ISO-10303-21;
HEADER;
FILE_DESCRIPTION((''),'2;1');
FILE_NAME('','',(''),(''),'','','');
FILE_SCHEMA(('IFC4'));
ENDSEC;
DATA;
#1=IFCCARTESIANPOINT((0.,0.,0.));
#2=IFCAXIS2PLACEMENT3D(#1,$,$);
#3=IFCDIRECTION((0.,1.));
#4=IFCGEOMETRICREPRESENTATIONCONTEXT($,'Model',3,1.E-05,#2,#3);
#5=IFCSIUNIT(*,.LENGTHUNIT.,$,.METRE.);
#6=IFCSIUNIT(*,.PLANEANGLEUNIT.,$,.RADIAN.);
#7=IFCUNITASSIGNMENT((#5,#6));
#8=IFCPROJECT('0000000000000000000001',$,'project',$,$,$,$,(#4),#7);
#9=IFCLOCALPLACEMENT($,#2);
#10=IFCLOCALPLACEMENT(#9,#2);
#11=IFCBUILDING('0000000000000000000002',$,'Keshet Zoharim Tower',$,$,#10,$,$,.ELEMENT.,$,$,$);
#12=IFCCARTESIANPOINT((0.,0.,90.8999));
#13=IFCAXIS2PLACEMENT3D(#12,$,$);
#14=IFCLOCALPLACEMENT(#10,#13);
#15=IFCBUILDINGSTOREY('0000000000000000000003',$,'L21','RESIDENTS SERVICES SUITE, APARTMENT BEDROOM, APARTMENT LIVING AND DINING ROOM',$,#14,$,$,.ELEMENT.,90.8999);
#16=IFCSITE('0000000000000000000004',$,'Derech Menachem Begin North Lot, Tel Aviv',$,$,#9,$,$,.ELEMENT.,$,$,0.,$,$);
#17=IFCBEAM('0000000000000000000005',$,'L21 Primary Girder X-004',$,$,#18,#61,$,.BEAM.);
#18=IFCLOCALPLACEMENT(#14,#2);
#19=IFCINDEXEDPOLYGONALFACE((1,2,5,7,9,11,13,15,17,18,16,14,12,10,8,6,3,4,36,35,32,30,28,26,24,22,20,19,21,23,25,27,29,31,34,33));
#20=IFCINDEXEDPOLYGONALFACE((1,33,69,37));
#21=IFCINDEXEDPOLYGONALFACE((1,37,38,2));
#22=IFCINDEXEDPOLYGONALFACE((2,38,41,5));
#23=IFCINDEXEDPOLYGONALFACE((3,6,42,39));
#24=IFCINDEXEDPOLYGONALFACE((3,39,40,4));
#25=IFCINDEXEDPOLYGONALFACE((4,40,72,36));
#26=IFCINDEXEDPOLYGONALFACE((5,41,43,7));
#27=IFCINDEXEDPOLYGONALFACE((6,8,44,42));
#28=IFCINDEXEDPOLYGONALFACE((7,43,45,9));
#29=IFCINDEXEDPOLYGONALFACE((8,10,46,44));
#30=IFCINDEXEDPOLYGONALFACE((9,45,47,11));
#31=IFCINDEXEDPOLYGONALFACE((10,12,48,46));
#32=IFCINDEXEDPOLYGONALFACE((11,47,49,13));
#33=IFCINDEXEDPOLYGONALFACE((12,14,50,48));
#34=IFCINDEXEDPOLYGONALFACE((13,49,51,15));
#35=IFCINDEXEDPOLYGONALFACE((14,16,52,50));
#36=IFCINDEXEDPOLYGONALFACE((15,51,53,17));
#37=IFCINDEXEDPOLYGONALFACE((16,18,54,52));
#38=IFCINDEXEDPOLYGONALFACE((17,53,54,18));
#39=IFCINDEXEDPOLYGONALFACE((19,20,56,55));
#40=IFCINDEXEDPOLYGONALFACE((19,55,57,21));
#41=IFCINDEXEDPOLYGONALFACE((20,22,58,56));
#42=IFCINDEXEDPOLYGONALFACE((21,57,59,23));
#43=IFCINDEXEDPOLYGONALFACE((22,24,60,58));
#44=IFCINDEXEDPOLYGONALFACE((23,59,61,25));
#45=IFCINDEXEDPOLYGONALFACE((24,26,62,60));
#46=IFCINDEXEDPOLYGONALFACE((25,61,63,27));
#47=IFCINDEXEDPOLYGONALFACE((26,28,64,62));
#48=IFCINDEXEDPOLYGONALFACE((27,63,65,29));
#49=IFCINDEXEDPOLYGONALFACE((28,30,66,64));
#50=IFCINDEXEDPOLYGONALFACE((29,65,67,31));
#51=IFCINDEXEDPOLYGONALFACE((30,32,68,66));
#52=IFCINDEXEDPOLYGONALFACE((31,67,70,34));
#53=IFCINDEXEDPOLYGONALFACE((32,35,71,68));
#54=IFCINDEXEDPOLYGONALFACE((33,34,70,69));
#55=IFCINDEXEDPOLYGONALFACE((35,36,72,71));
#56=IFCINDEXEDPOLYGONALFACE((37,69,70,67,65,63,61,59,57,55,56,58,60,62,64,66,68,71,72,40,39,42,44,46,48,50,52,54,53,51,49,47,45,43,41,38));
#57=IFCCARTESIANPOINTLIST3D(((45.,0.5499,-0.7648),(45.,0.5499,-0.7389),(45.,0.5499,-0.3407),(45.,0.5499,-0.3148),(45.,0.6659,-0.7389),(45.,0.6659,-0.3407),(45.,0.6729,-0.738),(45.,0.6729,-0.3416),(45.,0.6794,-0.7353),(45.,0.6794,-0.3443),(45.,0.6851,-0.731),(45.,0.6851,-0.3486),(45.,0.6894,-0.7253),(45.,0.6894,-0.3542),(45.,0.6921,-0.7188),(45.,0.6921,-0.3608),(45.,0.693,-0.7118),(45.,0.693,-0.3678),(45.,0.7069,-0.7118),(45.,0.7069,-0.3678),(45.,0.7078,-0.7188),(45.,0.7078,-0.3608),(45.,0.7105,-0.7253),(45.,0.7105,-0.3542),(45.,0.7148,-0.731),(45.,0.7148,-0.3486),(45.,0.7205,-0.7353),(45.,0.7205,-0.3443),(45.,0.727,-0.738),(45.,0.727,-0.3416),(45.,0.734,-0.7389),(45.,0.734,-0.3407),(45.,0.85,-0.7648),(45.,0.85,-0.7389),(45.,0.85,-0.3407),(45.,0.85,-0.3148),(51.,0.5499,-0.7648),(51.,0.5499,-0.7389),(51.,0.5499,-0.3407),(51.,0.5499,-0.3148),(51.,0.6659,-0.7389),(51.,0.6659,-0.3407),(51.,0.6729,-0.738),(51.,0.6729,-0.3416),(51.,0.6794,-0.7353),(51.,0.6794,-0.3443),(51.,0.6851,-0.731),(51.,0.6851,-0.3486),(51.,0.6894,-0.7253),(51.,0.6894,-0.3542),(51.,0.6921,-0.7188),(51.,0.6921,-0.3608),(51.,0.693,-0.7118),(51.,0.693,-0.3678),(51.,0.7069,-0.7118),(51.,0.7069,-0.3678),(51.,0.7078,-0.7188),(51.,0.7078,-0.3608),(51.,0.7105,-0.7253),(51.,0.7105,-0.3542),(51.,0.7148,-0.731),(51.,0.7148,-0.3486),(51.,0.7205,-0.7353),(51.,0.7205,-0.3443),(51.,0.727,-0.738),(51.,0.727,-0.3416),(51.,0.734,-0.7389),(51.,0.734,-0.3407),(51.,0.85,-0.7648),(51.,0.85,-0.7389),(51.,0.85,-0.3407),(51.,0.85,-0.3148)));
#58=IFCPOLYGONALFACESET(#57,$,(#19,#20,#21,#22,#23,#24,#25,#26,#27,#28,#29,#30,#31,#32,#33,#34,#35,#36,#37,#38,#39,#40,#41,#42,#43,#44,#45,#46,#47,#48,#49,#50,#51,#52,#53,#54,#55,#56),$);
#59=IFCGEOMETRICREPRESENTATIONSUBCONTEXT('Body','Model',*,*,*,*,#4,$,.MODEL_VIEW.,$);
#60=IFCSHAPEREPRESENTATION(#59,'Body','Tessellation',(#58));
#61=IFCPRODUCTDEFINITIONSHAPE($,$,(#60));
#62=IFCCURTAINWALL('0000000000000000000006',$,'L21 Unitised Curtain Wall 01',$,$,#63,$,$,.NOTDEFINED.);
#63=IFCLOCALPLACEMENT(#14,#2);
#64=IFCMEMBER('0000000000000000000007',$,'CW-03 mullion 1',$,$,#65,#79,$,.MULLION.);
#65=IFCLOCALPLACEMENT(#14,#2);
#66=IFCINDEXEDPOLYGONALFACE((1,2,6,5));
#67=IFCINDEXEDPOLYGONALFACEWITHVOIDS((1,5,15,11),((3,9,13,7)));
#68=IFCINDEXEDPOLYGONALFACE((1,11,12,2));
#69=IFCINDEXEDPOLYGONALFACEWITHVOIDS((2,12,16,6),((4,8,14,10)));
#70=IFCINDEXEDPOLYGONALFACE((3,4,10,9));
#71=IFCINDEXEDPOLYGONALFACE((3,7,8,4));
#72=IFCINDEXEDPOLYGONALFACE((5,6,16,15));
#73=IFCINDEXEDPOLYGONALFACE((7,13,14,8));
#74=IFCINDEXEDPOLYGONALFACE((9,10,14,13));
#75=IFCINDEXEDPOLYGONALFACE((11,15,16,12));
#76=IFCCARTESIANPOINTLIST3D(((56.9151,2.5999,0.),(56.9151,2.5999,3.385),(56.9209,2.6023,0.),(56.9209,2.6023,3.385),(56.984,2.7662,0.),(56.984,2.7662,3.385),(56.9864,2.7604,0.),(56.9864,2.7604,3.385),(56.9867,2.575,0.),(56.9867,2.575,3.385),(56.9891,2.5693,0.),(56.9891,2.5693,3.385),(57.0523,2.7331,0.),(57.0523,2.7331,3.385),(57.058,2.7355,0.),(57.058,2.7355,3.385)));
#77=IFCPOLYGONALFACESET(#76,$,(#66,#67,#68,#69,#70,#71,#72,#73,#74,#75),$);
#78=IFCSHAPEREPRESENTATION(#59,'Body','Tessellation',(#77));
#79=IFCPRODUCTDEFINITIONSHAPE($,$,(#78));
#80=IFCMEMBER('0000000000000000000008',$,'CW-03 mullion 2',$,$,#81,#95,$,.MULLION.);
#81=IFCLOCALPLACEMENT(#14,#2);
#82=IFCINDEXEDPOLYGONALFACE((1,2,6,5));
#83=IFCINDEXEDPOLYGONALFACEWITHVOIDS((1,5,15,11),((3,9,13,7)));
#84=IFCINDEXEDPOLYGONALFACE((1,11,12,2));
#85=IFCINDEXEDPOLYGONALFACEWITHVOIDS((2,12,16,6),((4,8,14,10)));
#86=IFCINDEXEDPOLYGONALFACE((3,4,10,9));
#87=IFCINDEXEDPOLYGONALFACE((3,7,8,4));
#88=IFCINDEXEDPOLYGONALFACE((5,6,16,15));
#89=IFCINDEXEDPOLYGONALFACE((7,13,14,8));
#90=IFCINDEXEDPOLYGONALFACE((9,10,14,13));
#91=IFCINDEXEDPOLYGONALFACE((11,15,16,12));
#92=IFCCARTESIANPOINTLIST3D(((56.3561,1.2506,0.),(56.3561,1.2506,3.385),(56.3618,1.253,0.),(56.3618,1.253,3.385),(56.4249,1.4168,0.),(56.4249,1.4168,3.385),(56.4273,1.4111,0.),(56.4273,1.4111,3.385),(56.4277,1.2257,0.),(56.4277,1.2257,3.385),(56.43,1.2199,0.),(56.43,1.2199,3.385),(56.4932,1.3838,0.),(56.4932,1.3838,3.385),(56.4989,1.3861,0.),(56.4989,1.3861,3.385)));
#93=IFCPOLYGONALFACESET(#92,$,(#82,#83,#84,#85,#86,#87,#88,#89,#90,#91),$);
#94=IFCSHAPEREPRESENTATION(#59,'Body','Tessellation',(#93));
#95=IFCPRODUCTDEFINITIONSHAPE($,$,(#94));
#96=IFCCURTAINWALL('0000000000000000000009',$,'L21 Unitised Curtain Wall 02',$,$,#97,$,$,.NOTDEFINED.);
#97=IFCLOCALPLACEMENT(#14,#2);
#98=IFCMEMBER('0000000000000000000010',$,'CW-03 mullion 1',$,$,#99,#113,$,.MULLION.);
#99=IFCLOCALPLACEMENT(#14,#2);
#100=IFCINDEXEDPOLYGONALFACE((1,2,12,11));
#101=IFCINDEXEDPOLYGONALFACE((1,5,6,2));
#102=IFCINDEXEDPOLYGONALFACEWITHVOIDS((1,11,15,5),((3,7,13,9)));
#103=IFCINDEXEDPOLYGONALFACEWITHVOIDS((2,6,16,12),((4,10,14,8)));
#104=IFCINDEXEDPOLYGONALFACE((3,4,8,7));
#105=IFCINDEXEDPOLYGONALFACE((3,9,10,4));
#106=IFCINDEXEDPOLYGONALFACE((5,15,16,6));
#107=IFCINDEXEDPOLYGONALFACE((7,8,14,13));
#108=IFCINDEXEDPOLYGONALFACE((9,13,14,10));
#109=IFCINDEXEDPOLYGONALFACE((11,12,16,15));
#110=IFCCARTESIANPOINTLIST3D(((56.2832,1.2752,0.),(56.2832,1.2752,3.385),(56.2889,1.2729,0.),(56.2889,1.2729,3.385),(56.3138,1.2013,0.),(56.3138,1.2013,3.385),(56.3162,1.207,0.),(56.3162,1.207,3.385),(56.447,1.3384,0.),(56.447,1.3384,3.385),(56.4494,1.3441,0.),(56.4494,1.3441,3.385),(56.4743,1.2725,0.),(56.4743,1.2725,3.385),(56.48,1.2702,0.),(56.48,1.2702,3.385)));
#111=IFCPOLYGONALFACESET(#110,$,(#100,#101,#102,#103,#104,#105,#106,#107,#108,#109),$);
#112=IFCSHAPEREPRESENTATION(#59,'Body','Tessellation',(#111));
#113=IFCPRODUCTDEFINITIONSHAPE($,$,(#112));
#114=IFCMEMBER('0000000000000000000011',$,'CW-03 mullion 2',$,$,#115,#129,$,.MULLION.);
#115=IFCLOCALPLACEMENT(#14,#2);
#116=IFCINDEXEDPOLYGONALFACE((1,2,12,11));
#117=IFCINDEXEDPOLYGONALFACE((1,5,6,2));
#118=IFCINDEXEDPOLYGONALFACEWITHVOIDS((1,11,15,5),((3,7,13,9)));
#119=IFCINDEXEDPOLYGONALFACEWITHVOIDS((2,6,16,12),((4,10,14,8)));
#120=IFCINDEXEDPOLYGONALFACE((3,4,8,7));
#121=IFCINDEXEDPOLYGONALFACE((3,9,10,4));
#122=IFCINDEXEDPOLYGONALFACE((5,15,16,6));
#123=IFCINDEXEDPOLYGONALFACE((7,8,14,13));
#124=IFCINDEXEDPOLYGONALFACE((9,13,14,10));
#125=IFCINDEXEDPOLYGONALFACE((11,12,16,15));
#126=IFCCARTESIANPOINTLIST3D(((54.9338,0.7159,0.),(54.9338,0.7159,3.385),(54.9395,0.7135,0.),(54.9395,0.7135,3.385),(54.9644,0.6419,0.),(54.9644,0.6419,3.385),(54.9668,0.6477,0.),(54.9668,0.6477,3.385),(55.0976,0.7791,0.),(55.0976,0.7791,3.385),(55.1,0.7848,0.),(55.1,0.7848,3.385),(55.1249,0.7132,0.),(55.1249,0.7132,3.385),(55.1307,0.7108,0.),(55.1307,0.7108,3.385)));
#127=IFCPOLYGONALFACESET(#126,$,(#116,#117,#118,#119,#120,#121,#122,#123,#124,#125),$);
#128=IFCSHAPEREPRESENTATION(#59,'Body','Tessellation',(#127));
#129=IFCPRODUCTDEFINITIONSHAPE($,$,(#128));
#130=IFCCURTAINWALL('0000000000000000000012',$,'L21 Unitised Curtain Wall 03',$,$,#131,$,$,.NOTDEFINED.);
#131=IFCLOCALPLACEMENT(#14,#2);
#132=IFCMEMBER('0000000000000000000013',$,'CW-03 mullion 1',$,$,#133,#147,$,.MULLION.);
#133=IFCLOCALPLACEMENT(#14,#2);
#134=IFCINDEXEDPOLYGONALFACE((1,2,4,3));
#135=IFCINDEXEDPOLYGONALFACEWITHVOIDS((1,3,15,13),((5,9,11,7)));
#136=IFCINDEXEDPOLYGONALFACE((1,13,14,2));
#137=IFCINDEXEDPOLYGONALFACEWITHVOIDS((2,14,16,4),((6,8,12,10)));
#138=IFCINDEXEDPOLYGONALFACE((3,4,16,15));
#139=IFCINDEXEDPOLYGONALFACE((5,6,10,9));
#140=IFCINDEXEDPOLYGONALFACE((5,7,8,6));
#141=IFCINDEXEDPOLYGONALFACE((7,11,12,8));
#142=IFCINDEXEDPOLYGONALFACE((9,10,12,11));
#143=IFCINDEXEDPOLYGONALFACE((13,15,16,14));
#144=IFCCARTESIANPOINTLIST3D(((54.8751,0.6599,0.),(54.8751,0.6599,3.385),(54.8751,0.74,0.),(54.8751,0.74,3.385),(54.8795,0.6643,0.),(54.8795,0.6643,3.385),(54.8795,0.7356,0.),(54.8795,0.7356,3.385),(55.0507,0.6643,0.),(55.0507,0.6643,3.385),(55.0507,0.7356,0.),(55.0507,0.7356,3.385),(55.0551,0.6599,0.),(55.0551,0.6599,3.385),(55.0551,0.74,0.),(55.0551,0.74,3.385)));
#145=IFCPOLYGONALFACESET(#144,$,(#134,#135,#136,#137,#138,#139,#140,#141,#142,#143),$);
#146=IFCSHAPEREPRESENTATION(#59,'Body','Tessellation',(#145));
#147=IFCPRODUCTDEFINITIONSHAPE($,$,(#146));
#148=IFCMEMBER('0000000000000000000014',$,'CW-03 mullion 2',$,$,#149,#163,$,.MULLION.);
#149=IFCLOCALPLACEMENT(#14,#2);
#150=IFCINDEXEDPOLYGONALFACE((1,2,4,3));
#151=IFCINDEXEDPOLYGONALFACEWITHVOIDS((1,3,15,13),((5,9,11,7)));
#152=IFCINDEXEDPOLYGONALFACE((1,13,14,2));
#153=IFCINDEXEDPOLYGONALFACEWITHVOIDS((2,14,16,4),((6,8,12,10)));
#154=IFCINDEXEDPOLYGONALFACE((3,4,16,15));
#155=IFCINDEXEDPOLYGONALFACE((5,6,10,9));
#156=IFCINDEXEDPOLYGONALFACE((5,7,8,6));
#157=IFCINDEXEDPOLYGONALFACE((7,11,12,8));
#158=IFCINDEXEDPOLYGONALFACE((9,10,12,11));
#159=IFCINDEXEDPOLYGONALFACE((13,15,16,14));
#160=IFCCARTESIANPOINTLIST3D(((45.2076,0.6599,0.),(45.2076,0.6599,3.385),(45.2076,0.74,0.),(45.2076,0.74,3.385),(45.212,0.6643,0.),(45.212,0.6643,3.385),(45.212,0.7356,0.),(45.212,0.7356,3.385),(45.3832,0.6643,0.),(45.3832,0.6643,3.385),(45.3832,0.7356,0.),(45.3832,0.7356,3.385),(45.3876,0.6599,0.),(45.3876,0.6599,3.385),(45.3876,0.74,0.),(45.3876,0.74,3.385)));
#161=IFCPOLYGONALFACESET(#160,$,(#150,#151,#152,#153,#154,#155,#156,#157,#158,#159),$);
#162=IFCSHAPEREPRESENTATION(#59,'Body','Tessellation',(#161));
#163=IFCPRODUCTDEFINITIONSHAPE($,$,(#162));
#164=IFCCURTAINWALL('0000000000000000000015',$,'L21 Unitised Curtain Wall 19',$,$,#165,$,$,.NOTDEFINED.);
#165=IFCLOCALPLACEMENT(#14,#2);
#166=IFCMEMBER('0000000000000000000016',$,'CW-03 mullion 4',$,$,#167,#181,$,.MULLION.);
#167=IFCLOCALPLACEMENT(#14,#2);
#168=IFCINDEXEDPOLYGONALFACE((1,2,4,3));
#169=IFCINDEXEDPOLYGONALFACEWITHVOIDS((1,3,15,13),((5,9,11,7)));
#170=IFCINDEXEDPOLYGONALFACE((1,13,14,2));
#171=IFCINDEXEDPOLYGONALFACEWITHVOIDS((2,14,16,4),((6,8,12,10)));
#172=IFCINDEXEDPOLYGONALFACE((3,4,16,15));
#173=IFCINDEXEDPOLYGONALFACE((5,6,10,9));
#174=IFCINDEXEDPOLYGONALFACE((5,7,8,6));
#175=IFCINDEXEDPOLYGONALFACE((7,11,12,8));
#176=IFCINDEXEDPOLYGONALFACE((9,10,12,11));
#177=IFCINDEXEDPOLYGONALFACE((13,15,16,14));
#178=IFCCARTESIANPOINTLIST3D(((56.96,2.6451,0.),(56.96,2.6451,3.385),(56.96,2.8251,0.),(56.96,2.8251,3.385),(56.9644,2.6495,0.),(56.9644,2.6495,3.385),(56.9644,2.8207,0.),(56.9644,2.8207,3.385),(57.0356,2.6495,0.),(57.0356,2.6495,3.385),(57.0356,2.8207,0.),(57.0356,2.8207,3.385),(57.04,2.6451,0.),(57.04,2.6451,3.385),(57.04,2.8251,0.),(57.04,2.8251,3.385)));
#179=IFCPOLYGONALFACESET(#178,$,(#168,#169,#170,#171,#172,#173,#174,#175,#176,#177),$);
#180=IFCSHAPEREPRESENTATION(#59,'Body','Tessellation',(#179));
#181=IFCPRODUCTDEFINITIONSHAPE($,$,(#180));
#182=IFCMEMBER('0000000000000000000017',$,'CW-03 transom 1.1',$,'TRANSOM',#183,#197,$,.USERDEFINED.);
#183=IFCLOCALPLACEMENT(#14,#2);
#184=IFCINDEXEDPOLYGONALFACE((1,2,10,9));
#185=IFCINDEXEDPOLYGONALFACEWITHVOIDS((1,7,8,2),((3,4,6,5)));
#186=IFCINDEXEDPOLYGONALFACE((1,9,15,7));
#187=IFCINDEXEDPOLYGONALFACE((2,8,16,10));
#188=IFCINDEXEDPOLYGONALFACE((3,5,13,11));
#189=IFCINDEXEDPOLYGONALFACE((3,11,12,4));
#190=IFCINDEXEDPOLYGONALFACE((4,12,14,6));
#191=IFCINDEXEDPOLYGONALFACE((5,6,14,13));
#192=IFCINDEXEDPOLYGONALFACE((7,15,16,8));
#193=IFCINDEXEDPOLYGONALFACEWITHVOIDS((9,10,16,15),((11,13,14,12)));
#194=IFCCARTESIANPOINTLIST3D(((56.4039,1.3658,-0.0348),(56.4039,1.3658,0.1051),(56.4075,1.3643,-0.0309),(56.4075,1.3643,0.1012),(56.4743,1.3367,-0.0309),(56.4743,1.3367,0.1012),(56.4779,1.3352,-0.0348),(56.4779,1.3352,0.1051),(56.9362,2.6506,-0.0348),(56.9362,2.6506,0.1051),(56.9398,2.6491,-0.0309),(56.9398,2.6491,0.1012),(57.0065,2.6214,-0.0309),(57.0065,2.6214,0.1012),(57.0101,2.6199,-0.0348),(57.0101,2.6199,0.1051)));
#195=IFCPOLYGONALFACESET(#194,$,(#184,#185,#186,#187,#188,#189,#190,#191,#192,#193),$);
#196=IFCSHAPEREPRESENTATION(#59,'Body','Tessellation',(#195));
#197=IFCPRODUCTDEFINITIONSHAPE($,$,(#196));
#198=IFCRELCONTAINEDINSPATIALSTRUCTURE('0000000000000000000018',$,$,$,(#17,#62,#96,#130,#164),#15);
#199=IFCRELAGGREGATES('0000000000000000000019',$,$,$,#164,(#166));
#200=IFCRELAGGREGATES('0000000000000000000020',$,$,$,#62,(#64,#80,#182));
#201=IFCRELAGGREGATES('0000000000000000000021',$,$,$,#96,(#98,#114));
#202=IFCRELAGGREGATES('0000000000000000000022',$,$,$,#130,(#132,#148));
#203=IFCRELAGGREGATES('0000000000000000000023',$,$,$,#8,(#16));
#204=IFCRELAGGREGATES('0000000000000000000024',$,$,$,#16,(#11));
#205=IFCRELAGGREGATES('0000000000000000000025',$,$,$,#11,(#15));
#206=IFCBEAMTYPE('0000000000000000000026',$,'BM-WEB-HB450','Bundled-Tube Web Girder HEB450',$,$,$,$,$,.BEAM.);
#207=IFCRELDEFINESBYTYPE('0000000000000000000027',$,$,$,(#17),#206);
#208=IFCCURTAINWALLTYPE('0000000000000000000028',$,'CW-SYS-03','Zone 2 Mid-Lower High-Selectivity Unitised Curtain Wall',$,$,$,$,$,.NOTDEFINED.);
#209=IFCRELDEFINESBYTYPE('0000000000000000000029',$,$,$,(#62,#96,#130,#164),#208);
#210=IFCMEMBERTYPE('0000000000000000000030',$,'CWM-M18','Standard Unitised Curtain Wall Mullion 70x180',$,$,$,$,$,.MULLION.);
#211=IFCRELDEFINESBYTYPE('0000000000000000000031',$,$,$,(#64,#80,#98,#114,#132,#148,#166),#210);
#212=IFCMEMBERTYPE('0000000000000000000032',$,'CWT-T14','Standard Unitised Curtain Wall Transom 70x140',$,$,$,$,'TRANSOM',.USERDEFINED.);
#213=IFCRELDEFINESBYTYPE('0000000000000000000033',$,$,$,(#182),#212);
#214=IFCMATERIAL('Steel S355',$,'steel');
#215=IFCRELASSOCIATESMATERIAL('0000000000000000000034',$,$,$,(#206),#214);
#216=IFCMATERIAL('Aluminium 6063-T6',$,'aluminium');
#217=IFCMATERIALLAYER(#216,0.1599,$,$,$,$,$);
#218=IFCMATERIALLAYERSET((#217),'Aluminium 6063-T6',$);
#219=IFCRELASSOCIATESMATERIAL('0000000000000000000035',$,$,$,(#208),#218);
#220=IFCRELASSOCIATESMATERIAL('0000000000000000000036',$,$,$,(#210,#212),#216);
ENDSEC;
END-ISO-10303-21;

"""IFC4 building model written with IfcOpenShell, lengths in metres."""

from ifc_helpers import new_model, si_unit, direction, frame, origin, origin_2d, place, context, subcontext, project, spatial, hollow_rectangle, i_section, extrude, material, layer, layer_set, material_profile, profile_set, type_object, element, aggregate, save


model = new_model("IFC4")

# Units and contexts
model_context = context("Model", 3, precision=1e-05, world=origin(), true_north=direction((0.0, 1.0)))
body_context = subcontext(model_context, "Body", "Model", "MODEL_VIEW")
ifc_project = project(units=[si_unit("LENGTHUNIT", "METRE"), si_unit("PLANEANGLEUNIT", "RADIAN")], contexts=[model_context])

# Site, building, storey
site_placement = place(None, origin())
site = spatial("IfcSite", under=ifc_project, at=site_placement, Name="Derech Menachem Begin North Lot, Tel Aviv", CompositionType="ELEMENT", RefElevation=0.0)
building_placement = place(site_placement, origin())
building = spatial("IfcBuilding", under=site, at=building_placement, Name="Keshet Zoharim Tower", CompositionType="ELEMENT")
storey_placement = place(building_placement, frame((0.0, 0.0, 90.8999)))
storey = spatial("IfcBuildingStorey", under=building, at=storey_placement, Name="L21", Description="RESIDENTS SERVICES SUITE, APARTMENT BEDROOM, APARTMENT LIVING AND DINING ROOM", CompositionType="ELEMENT", Elevation=90.8999)

# Shared definitions
ifc_material_1 = material(Name="Steel S355", Category="steel")

# Beam
ifc_material_profile_1 = material_profile(ifc_material_1, i_section(OverallWidth=0.3, OverallDepth=0.45, WebThickness=0.0139, FlangeThickness=0.0259, FilletRadius=0.0271, at=origin_2d()), Name="HEB450")
ifc_profile_set_1 = profile_set([ifc_material_profile_1], Name="Steel S355")
beam_type_1 = type_object("IfcBeamType", Name="BM-WEB-HB450", Description="Bundled-Tube Web Girder HEB450", PredefinedType="BEAM", material=ifc_profile_set_1)
beam_1_placement = place(storey_placement, frame((45.0, 0.7, -0.5398), z_axis=(1.0, 0.0, 0.0), x_axis=(0.0, 1.0, 0.0)))
element("IfcBeam", 1, at=beam_1_placement, inside=storey, type_object=beam_type_1, Name="L21 Primary Girder X-004", PredefinedType="BEAM", context=body_context, shape_type="SweptSolid", body=[
    extrude(i_section(OverallWidth=0.3, OverallDepth=0.45, WebThickness=0.0139, FlangeThickness=0.0259, FilletRadius=0.0271, at=origin_2d()), origin(), (0.0, 0.0, 1.0), 6.0),
])

# Curtain walls, members
ifc_material_2 = material(Name="Aluminium 6063-T6", Category="aluminium")
ifc_layer_1 = layer(ifc_material_2, 0.1599)
ifc_layer_set_1 = layer_set([ifc_layer_1], Name="Aluminium 6063-T6")
curtain_wall_type = type_object("IfcCurtainWallType", Name="CW-SYS-03", Description="Zone 2 Mid-Lower High-Selectivity Unitised Curtain Wall", PredefinedType="NOTDEFINED", material=ifc_layer_set_1)
curtain_wall_1_placement = place(storey_placement, origin())
curtain_wall_1 = element("IfcCurtainWall", 2, at=curtain_wall_1_placement, inside=storey, type_object=curtain_wall_type, Name="L21 Unitised Curtain Wall 01", PredefinedType="NOTDEFINED")
ifc_material_profile_2 = material_profile(ifc_material_2, hollow_rectangle(XDim=0.0801, YDim=0.1799, WallThickness=0.0044, at=origin_2d()), Name="MUL-80x180")
ifc_profile_set_2 = profile_set([ifc_material_profile_2], Name="Aluminium 6063-T6")
member_type_1 = type_object("IfcMemberType", Name="CWM-M18", Description="Standard Unitised Curtain Wall Mullion 70x180", PredefinedType="MULLION", material=ifc_profile_set_2)
member_1_placement = place(storey_placement, frame((56.9866, 2.6677, 0.0), z_axis=(0.0, 0.0, 1.0), x_axis=(0.92381, -0.382852, 0.0)))
member_1 = element("IfcMember", 3, at=member_1_placement, type_object=member_type_1, Name="CW-03 mullion 1", PredefinedType="MULLION", context=body_context, shape_type="SweptSolid", body=[
    extrude(hollow_rectangle(XDim=0.0801, YDim=0.1799, WallThickness=0.0044, at=origin_2d()), origin(), (0.0, 0.0, 1.0), 3.385),
])
member_2_placement = place(storey_placement, frame((56.4275, 1.3184, 0.0), z_axis=(0.0, 0.0, 1.0), x_axis=(0.92381, -0.382852, 0.0)))
member_2 = element("IfcMember", 4, at=member_2_placement, type_object=member_type_1, Name="CW-03 mullion 2", PredefinedType="MULLION", context=body_context, shape_type="SweptSolid", body=[
    extrude(hollow_rectangle(XDim=0.0801, YDim=0.1799, WallThickness=0.0044, at=origin_2d()), origin(), (0.0, 0.0, 1.0), 3.385),
])
curtain_wall_2_placement = place(storey_placement, origin())
curtain_wall_2 = element("IfcCurtainWall", 5, at=curtain_wall_2_placement, inside=storey, type_object=curtain_wall_type, Name="L21 Unitised Curtain Wall 02", PredefinedType="NOTDEFINED")
member_3_placement = place(storey_placement, frame((56.3816, 1.2727, 0.0), z_axis=(0.0, 0.0, 1.0), x_axis=(0.382852, -0.92381, 0.0)))
member_3 = element("IfcMember", 6, at=member_3_placement, type_object=member_type_1, Name="CW-03 mullion 1", PredefinedType="MULLION", context=body_context, shape_type="SweptSolid", body=[
    extrude(hollow_rectangle(XDim=0.0801, YDim=0.1799, WallThickness=0.0044, at=origin_2d()), origin(), (0.0, 0.0, 1.0), 3.385),
])
member_4_placement = place(storey_placement, frame((55.0322, 0.7134, 0.0), z_axis=(0.0, 0.0, 1.0), x_axis=(0.382852, -0.92381, 0.0)))
member_4 = element("IfcMember", 7, at=member_4_placement, type_object=member_type_1, Name="CW-03 mullion 2", PredefinedType="MULLION", context=body_context, shape_type="SweptSolid", body=[
    extrude(hollow_rectangle(XDim=0.0801, YDim=0.1799, WallThickness=0.0044, at=origin_2d()), origin(), (0.0, 0.0, 1.0), 3.385),
])
curtain_wall_3_placement = place(storey_placement, origin())
curtain_wall_3 = element("IfcCurtainWall", 8, at=curtain_wall_3_placement, inside=storey, type_object=curtain_wall_type, Name="L21 Unitised Curtain Wall 03", PredefinedType="NOTDEFINED")
member_5_placement = place(storey_placement, frame((54.9651, 0.7, 0.0), z_axis=(0.0, 0.0, 1.0), x_axis=(0.0, -1.0, 0.0)))
member_5 = element("IfcMember", 9, at=member_5_placement, type_object=member_type_1, Name="CW-03 mullion 1", PredefinedType="MULLION", context=body_context, shape_type="SweptSolid", body=[
    extrude(hollow_rectangle(XDim=0.0801, YDim=0.1799, WallThickness=0.0044, at=origin_2d()), origin(), (0.0, 0.0, 1.0), 3.385),
])
member_6_placement = place(storey_placement, frame((45.2976, 0.7, 0.0), z_axis=(0.0, 0.0, 1.0), x_axis=(0.0, -1.0, 0.0)))
member_6 = element("IfcMember", 10, at=member_6_placement, type_object=member_type_1, Name="CW-03 mullion 2", PredefinedType="MULLION", context=body_context, shape_type="SweptSolid", body=[
    extrude(hollow_rectangle(XDim=0.0801, YDim=0.1799, WallThickness=0.0044, at=origin_2d()), origin(), (0.0, 0.0, 1.0), 3.385),
])

# Curtain wall, member
curtain_wall_4_placement = place(storey_placement, origin())
curtain_wall_4 = element("IfcCurtainWall", 11, at=curtain_wall_4_placement, inside=storey, type_object=curtain_wall_type, Name="L21 Unitised Curtain Wall 19", PredefinedType="NOTDEFINED")
member_7_placement = place(storey_placement, frame((57.0, 2.7351, 0.0), z_axis=(0.0, 0.0, 1.0), x_axis=(1.0, 0.0, 0.0)))
member_7 = element("IfcMember", 12, at=member_7_placement, type_object=member_type_1, Name="CW-03 mullion 4", PredefinedType="MULLION", context=body_context, shape_type="SweptSolid", body=[
    extrude(hollow_rectangle(XDim=0.0801, YDim=0.1799, WallThickness=0.0044, at=origin_2d()), origin(), (0.0, 0.0, 1.0), 3.385),
])
aggregate(curtain_wall_4, [member_7])

# Member
ifc_material_profile_3 = material_profile(ifc_material_2, hollow_rectangle(XDim=0.0801, YDim=0.1399, WallThickness=0.0039, at=origin_2d()), Name="TRN-80x140")
ifc_profile_set_3 = profile_set([ifc_material_profile_3], Name="Aluminium 6063-T6")
member_type_2 = type_object("IfcMemberType", Name="CWT-T14", Description="Standard Unitised Curtain Wall Transom 70x140", ElementType="TRANSOM", PredefinedType="USERDEFINED", material=ifc_profile_set_3)
member_8_placement = place(storey_placement, frame((56.9731, 2.6353, 0.0352), z_axis=(-0.382745, -0.923854, 0.0), x_axis=(0.923854, -0.382745, 0.0)))
member_8 = element("IfcMember", 13, at=member_8_placement, type_object=member_type_2, Name="CW-03 transom 1.1", ObjectType="TRANSOM", PredefinedType="USERDEFINED", context=body_context, shape_type="SweptSolid", body=[
    extrude(hollow_rectangle(XDim=0.0801, YDim=0.1399, WallThickness=0.0039, at=origin_2d()), origin(), (0.0, 0.0, 1.0), 1.3906),
])

aggregate(curtain_wall_1, [member_1, member_2, member_8])
aggregate(curtain_wall_2, [member_3, member_4])
aggregate(curtain_wall_3, [member_5, member_6])

save(model, "model.ifc")
